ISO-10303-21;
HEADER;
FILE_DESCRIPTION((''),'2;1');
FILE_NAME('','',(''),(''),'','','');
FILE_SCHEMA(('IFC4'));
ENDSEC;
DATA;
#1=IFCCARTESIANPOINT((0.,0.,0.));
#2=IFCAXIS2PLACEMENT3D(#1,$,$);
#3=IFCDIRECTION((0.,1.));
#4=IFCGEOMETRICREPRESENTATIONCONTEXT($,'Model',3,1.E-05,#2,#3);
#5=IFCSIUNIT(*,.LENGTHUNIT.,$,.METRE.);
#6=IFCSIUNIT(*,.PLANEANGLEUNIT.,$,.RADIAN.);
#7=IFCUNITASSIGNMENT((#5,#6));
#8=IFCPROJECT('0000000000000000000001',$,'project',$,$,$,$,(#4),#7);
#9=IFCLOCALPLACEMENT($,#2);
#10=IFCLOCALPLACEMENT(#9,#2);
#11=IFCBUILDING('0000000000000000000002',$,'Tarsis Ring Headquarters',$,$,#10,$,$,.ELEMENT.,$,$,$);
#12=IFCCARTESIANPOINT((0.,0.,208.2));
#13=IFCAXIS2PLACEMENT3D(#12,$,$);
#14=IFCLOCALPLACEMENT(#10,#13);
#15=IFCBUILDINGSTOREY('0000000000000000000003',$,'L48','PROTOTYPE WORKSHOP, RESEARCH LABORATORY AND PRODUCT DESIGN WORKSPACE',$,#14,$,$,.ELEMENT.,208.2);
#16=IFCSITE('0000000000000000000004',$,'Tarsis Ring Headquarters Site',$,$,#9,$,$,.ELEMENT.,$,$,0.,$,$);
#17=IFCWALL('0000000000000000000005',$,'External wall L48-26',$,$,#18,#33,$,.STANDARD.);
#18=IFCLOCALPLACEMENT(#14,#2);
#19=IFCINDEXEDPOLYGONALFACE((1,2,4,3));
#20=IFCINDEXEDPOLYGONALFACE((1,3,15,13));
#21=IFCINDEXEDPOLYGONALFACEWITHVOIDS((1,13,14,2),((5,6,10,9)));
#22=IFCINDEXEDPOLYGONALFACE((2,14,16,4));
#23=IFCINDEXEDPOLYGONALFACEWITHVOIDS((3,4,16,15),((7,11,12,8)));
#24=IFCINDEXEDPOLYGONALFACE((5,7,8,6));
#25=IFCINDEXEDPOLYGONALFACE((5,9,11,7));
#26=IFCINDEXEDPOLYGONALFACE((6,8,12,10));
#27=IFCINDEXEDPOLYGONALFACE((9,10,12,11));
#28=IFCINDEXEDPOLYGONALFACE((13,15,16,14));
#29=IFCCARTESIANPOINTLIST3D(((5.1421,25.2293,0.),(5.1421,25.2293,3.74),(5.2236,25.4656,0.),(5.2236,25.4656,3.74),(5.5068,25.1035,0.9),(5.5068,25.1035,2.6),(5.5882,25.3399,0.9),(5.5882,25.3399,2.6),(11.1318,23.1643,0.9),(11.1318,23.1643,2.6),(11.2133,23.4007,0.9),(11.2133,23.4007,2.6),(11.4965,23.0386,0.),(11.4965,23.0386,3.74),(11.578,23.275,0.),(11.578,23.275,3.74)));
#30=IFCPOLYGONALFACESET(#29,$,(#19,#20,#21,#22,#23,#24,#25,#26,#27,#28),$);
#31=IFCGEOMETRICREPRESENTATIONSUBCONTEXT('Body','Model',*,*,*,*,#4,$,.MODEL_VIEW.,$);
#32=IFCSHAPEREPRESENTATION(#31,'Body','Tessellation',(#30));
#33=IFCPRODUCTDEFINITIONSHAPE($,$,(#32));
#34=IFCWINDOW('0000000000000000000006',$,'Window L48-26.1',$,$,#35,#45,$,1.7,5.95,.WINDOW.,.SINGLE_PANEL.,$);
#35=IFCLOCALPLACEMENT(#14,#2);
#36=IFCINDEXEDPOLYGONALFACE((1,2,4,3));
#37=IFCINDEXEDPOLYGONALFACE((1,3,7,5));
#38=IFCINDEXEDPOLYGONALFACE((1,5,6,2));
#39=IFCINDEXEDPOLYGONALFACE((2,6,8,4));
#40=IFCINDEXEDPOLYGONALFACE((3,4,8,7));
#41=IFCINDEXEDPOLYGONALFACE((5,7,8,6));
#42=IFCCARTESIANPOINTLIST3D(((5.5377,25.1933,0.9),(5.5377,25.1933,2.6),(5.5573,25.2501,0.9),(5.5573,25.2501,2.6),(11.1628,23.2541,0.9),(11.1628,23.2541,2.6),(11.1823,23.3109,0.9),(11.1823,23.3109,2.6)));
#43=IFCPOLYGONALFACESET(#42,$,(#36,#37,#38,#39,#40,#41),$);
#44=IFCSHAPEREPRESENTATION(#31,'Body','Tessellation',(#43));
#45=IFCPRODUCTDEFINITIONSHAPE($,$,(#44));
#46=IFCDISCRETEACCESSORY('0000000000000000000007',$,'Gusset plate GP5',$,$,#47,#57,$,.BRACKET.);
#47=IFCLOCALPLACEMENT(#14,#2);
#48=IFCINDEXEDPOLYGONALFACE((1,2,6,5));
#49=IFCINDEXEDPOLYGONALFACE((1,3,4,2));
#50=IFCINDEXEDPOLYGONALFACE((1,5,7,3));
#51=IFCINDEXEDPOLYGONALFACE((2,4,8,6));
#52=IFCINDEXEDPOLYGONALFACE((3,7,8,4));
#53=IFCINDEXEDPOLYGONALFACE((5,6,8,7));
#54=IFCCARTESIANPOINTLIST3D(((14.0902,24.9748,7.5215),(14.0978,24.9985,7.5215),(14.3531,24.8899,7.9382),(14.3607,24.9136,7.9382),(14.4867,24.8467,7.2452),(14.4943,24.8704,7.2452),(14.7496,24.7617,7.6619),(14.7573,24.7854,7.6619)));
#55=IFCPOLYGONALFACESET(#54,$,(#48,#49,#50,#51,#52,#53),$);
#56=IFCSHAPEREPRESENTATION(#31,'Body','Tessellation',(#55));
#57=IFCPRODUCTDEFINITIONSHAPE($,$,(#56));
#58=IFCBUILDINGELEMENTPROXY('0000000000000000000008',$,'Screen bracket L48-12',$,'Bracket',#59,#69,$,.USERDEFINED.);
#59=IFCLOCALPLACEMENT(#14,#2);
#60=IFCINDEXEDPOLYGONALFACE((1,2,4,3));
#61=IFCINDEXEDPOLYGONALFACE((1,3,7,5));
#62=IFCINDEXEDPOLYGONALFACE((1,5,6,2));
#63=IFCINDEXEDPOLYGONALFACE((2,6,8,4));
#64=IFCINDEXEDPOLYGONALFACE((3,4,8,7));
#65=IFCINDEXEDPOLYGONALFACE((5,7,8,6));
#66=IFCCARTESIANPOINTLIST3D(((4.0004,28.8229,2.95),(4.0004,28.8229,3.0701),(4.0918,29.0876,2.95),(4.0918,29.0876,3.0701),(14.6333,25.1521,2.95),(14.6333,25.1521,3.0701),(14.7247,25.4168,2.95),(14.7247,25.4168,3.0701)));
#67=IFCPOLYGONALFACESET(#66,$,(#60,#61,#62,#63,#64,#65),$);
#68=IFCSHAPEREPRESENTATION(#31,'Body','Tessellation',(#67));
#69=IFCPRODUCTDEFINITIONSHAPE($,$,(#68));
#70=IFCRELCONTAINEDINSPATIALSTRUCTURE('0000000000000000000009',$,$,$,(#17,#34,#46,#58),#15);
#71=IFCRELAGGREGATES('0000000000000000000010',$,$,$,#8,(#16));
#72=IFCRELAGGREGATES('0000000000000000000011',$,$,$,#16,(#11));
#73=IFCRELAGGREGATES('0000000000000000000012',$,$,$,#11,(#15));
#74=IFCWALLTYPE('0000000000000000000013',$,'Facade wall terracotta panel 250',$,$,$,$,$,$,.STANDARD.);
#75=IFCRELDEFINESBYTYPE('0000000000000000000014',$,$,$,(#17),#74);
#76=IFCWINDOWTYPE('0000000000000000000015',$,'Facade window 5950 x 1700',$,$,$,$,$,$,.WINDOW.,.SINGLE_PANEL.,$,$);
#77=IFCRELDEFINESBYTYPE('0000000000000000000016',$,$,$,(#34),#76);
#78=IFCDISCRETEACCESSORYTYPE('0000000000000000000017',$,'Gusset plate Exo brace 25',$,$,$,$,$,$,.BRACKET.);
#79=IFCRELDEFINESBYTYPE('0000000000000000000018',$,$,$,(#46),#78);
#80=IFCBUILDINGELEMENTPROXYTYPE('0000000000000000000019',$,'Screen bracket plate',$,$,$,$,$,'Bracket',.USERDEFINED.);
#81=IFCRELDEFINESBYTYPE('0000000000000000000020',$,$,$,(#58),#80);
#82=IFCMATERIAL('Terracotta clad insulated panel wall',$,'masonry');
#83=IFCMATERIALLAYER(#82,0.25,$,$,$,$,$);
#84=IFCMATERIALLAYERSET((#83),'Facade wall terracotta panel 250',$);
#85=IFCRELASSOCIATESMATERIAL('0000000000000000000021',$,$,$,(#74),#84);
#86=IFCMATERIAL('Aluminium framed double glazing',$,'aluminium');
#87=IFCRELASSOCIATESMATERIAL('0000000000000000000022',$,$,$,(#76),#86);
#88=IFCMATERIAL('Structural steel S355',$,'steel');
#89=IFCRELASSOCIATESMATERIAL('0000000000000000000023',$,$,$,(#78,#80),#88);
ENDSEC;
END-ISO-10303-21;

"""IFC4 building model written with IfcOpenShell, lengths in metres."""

from ifc_helpers import new_model, si_unit, direction, frame, frame_2d, origin, origin_2d, place, context, subcontext, project, spatial, rectangle, extrude, material, layer, layer_set, material_profile, profile_set, type_object, element, fill, save


model = new_model("IFC4")

# Units and contexts
model_context = context("Model", 3, precision=1e-05, world=origin(), true_north=direction((0.0, 1.0)))
body_context = subcontext(model_context, "Body", "Model", "MODEL_VIEW")
ifc_project = project(units=[si_unit("LENGTHUNIT", "METRE"), si_unit("PLANEANGLEUNIT", "RADIAN")], contexts=[model_context])

# Site, building, storey
site_placement = place(None, origin())
site = spatial("IfcSite", under=ifc_project, at=site_placement, Name="Tarsis Ring Headquarters Site", CompositionType="ELEMENT", RefElevation=0.0)
building_placement = place(site_placement, origin())
building = spatial("IfcBuilding", under=site, at=building_placement, Name="Tarsis Ring Headquarters", CompositionType="ELEMENT")
storey_placement = place(building_placement, frame((0.0, 0.0, 208.2)))
storey = spatial("IfcBuildingStorey", under=building, at=storey_placement, Name="L48", Description="PROTOTYPE WORKSHOP, RESEARCH LABORATORY AND PRODUCT DESIGN WORKSPACE", CompositionType="ELEMENT", Elevation=208.2)

# Shared definitions
ifc_material_1 = material(Name="Structural steel S355", Category="steel")

# Wall, opening, window
ifc_material_2 = material(Name="Terracotta clad insulated panel wall", Category="masonry")
ifc_layer_1 = layer(ifc_material_2, 0.25)
ifc_layer_set_1 = layer_set([ifc_layer_1], Name="Facade wall terracotta panel 250")
wall_type_1 = type_object("IfcWallType", Name="Facade wall terracotta panel 250", PredefinedType="STANDARD", material=ifc_layer_set_1)
ifc_material_3 = material(Name="Aluminium framed double glazing", Category="aluminium")
window_type = type_object("IfcWindowType", Name="Facade window 5950 x 1700", PartitioningType="SINGLE_PANEL", PredefinedType="WINDOW", material=ifc_material_3)
wall_1_placement = place(storey_placement, frame((11.5374, 23.1567, 0.0), z_axis=(0.0, 0.0, 1.0), x_axis=(-0.945397, 0.32592, 0.0)))
wall_1 = element("IfcWall", 1, at=wall_1_placement, inside=storey, type_object=wall_type_1, Name="External wall L48-26", PredefinedType="STANDARD", context=body_context, shape_type="SweptSolid", body=[
    extrude(rectangle(XDim=6.7214, YDim=0.25, at=frame_2d((3.3608, 0.0))), origin(), (0.0, 0.0, 1.0), 3.74),
])
opening_1_placement = place(wall_1_placement, frame((0.3857, 0.0, 0.8999)))
opening_1 = element("IfcOpeningElement", 2, at=opening_1_placement, cuts=wall_1, PredefinedType="OPENING", context=body_context, shape_type="SweptSolid", body=[
    extrude(rectangle(XDim=5.95, YDim=1.7, at=frame_2d((2.9751, 0.8501))), frame((0.0, 0.135, 0.0), z_axis=(0.0, -1.0, 0.0), x_axis=(1.0, 0.0, 0.0)), (0.0, 0.0, 1.0), 0.27),
])
window_1_placement = place(opening_1_placement, origin())
window_1 = element("IfcWindow", 3, at=window_1_placement, inside=storey, type_object=window_type, Name="Window L48-26.1", OverallHeight=1.7, OverallWidth=5.95, PartitioningType="SINGLE_PANEL", PredefinedType="WINDOW", context=body_context, shape_type="SweptSolid", body=[
    extrude(rectangle(XDim=5.95, YDim=1.7, at=frame_2d((2.9751, 0.8501))), frame((0.0, 0.03, 0.0), z_axis=(0.0, -1.0, 0.0), x_axis=(1.0, 0.0, 0.0)), (0.0, 0.0, 1.0), 0.0601),
])
fill(opening_1, window_1)

# Discrete accessory
ifc_material_profile_1 = material_profile(ifc_material_1, rectangle(XDim=0.0249, YDim=0.5, at=origin_2d()), Name="PL 25x500")
ifc_profile_set_1 = profile_set([ifc_material_profile_1], Name="Structural steel S355")
discrete_accessory_type = type_object("IfcDiscreteAccessoryType", Name="Gusset plate Exo brace 25", PredefinedType="BRACKET", material=ifc_profile_set_1)
discrete_accessory_placement = place(storey_placement, frame((14.5552, 24.8376, 7.8), z_axis=(-0.525843, 0.16991, -0.833439), x_axis=(-0.307467, -0.951559, 0.0)))
element("IfcDiscreteAccessory", 4, at=discrete_accessory_placement, inside=storey, type_object=discrete_accessory_type, Name="Gusset plate GP5", PredefinedType="BRACKET", context=body_context, shape_type="SweptSolid", body=[
    extrude(rectangle(XDim=0.0249, YDim=0.5, at=origin_2d()), origin(), (0.0, 0.0, 1.0), 0.5),
])

# Building element proxy
building_element_proxy_type = type_object("IfcBuildingElementProxyType", Name="Screen bracket plate", ElementType="Bracket", PredefinedType="USERDEFINED", material=ifc_material_1)
proxy_placement = place(storey_placement, frame((9.3625, 27.1199, 2.95), z_axis=(0.0, 0.0, 1.0), x_axis=(-0.945255, 0.326331, 0.0)))
element("IfcBuildingElementProxy", 5, at=proxy_placement, inside=storey, type_object=building_element_proxy_type, Name="Screen bracket L48-12", ObjectType="Bracket", PredefinedType="USERDEFINED", context=body_context, shape_type="SweptSolid", body=[
    extrude(rectangle(XDim=11.2488, YDim=0.28, at=origin_2d()), origin(), (0.0, 0.0, 1.0), 0.1201),
])

save(model, "model.ifc")
